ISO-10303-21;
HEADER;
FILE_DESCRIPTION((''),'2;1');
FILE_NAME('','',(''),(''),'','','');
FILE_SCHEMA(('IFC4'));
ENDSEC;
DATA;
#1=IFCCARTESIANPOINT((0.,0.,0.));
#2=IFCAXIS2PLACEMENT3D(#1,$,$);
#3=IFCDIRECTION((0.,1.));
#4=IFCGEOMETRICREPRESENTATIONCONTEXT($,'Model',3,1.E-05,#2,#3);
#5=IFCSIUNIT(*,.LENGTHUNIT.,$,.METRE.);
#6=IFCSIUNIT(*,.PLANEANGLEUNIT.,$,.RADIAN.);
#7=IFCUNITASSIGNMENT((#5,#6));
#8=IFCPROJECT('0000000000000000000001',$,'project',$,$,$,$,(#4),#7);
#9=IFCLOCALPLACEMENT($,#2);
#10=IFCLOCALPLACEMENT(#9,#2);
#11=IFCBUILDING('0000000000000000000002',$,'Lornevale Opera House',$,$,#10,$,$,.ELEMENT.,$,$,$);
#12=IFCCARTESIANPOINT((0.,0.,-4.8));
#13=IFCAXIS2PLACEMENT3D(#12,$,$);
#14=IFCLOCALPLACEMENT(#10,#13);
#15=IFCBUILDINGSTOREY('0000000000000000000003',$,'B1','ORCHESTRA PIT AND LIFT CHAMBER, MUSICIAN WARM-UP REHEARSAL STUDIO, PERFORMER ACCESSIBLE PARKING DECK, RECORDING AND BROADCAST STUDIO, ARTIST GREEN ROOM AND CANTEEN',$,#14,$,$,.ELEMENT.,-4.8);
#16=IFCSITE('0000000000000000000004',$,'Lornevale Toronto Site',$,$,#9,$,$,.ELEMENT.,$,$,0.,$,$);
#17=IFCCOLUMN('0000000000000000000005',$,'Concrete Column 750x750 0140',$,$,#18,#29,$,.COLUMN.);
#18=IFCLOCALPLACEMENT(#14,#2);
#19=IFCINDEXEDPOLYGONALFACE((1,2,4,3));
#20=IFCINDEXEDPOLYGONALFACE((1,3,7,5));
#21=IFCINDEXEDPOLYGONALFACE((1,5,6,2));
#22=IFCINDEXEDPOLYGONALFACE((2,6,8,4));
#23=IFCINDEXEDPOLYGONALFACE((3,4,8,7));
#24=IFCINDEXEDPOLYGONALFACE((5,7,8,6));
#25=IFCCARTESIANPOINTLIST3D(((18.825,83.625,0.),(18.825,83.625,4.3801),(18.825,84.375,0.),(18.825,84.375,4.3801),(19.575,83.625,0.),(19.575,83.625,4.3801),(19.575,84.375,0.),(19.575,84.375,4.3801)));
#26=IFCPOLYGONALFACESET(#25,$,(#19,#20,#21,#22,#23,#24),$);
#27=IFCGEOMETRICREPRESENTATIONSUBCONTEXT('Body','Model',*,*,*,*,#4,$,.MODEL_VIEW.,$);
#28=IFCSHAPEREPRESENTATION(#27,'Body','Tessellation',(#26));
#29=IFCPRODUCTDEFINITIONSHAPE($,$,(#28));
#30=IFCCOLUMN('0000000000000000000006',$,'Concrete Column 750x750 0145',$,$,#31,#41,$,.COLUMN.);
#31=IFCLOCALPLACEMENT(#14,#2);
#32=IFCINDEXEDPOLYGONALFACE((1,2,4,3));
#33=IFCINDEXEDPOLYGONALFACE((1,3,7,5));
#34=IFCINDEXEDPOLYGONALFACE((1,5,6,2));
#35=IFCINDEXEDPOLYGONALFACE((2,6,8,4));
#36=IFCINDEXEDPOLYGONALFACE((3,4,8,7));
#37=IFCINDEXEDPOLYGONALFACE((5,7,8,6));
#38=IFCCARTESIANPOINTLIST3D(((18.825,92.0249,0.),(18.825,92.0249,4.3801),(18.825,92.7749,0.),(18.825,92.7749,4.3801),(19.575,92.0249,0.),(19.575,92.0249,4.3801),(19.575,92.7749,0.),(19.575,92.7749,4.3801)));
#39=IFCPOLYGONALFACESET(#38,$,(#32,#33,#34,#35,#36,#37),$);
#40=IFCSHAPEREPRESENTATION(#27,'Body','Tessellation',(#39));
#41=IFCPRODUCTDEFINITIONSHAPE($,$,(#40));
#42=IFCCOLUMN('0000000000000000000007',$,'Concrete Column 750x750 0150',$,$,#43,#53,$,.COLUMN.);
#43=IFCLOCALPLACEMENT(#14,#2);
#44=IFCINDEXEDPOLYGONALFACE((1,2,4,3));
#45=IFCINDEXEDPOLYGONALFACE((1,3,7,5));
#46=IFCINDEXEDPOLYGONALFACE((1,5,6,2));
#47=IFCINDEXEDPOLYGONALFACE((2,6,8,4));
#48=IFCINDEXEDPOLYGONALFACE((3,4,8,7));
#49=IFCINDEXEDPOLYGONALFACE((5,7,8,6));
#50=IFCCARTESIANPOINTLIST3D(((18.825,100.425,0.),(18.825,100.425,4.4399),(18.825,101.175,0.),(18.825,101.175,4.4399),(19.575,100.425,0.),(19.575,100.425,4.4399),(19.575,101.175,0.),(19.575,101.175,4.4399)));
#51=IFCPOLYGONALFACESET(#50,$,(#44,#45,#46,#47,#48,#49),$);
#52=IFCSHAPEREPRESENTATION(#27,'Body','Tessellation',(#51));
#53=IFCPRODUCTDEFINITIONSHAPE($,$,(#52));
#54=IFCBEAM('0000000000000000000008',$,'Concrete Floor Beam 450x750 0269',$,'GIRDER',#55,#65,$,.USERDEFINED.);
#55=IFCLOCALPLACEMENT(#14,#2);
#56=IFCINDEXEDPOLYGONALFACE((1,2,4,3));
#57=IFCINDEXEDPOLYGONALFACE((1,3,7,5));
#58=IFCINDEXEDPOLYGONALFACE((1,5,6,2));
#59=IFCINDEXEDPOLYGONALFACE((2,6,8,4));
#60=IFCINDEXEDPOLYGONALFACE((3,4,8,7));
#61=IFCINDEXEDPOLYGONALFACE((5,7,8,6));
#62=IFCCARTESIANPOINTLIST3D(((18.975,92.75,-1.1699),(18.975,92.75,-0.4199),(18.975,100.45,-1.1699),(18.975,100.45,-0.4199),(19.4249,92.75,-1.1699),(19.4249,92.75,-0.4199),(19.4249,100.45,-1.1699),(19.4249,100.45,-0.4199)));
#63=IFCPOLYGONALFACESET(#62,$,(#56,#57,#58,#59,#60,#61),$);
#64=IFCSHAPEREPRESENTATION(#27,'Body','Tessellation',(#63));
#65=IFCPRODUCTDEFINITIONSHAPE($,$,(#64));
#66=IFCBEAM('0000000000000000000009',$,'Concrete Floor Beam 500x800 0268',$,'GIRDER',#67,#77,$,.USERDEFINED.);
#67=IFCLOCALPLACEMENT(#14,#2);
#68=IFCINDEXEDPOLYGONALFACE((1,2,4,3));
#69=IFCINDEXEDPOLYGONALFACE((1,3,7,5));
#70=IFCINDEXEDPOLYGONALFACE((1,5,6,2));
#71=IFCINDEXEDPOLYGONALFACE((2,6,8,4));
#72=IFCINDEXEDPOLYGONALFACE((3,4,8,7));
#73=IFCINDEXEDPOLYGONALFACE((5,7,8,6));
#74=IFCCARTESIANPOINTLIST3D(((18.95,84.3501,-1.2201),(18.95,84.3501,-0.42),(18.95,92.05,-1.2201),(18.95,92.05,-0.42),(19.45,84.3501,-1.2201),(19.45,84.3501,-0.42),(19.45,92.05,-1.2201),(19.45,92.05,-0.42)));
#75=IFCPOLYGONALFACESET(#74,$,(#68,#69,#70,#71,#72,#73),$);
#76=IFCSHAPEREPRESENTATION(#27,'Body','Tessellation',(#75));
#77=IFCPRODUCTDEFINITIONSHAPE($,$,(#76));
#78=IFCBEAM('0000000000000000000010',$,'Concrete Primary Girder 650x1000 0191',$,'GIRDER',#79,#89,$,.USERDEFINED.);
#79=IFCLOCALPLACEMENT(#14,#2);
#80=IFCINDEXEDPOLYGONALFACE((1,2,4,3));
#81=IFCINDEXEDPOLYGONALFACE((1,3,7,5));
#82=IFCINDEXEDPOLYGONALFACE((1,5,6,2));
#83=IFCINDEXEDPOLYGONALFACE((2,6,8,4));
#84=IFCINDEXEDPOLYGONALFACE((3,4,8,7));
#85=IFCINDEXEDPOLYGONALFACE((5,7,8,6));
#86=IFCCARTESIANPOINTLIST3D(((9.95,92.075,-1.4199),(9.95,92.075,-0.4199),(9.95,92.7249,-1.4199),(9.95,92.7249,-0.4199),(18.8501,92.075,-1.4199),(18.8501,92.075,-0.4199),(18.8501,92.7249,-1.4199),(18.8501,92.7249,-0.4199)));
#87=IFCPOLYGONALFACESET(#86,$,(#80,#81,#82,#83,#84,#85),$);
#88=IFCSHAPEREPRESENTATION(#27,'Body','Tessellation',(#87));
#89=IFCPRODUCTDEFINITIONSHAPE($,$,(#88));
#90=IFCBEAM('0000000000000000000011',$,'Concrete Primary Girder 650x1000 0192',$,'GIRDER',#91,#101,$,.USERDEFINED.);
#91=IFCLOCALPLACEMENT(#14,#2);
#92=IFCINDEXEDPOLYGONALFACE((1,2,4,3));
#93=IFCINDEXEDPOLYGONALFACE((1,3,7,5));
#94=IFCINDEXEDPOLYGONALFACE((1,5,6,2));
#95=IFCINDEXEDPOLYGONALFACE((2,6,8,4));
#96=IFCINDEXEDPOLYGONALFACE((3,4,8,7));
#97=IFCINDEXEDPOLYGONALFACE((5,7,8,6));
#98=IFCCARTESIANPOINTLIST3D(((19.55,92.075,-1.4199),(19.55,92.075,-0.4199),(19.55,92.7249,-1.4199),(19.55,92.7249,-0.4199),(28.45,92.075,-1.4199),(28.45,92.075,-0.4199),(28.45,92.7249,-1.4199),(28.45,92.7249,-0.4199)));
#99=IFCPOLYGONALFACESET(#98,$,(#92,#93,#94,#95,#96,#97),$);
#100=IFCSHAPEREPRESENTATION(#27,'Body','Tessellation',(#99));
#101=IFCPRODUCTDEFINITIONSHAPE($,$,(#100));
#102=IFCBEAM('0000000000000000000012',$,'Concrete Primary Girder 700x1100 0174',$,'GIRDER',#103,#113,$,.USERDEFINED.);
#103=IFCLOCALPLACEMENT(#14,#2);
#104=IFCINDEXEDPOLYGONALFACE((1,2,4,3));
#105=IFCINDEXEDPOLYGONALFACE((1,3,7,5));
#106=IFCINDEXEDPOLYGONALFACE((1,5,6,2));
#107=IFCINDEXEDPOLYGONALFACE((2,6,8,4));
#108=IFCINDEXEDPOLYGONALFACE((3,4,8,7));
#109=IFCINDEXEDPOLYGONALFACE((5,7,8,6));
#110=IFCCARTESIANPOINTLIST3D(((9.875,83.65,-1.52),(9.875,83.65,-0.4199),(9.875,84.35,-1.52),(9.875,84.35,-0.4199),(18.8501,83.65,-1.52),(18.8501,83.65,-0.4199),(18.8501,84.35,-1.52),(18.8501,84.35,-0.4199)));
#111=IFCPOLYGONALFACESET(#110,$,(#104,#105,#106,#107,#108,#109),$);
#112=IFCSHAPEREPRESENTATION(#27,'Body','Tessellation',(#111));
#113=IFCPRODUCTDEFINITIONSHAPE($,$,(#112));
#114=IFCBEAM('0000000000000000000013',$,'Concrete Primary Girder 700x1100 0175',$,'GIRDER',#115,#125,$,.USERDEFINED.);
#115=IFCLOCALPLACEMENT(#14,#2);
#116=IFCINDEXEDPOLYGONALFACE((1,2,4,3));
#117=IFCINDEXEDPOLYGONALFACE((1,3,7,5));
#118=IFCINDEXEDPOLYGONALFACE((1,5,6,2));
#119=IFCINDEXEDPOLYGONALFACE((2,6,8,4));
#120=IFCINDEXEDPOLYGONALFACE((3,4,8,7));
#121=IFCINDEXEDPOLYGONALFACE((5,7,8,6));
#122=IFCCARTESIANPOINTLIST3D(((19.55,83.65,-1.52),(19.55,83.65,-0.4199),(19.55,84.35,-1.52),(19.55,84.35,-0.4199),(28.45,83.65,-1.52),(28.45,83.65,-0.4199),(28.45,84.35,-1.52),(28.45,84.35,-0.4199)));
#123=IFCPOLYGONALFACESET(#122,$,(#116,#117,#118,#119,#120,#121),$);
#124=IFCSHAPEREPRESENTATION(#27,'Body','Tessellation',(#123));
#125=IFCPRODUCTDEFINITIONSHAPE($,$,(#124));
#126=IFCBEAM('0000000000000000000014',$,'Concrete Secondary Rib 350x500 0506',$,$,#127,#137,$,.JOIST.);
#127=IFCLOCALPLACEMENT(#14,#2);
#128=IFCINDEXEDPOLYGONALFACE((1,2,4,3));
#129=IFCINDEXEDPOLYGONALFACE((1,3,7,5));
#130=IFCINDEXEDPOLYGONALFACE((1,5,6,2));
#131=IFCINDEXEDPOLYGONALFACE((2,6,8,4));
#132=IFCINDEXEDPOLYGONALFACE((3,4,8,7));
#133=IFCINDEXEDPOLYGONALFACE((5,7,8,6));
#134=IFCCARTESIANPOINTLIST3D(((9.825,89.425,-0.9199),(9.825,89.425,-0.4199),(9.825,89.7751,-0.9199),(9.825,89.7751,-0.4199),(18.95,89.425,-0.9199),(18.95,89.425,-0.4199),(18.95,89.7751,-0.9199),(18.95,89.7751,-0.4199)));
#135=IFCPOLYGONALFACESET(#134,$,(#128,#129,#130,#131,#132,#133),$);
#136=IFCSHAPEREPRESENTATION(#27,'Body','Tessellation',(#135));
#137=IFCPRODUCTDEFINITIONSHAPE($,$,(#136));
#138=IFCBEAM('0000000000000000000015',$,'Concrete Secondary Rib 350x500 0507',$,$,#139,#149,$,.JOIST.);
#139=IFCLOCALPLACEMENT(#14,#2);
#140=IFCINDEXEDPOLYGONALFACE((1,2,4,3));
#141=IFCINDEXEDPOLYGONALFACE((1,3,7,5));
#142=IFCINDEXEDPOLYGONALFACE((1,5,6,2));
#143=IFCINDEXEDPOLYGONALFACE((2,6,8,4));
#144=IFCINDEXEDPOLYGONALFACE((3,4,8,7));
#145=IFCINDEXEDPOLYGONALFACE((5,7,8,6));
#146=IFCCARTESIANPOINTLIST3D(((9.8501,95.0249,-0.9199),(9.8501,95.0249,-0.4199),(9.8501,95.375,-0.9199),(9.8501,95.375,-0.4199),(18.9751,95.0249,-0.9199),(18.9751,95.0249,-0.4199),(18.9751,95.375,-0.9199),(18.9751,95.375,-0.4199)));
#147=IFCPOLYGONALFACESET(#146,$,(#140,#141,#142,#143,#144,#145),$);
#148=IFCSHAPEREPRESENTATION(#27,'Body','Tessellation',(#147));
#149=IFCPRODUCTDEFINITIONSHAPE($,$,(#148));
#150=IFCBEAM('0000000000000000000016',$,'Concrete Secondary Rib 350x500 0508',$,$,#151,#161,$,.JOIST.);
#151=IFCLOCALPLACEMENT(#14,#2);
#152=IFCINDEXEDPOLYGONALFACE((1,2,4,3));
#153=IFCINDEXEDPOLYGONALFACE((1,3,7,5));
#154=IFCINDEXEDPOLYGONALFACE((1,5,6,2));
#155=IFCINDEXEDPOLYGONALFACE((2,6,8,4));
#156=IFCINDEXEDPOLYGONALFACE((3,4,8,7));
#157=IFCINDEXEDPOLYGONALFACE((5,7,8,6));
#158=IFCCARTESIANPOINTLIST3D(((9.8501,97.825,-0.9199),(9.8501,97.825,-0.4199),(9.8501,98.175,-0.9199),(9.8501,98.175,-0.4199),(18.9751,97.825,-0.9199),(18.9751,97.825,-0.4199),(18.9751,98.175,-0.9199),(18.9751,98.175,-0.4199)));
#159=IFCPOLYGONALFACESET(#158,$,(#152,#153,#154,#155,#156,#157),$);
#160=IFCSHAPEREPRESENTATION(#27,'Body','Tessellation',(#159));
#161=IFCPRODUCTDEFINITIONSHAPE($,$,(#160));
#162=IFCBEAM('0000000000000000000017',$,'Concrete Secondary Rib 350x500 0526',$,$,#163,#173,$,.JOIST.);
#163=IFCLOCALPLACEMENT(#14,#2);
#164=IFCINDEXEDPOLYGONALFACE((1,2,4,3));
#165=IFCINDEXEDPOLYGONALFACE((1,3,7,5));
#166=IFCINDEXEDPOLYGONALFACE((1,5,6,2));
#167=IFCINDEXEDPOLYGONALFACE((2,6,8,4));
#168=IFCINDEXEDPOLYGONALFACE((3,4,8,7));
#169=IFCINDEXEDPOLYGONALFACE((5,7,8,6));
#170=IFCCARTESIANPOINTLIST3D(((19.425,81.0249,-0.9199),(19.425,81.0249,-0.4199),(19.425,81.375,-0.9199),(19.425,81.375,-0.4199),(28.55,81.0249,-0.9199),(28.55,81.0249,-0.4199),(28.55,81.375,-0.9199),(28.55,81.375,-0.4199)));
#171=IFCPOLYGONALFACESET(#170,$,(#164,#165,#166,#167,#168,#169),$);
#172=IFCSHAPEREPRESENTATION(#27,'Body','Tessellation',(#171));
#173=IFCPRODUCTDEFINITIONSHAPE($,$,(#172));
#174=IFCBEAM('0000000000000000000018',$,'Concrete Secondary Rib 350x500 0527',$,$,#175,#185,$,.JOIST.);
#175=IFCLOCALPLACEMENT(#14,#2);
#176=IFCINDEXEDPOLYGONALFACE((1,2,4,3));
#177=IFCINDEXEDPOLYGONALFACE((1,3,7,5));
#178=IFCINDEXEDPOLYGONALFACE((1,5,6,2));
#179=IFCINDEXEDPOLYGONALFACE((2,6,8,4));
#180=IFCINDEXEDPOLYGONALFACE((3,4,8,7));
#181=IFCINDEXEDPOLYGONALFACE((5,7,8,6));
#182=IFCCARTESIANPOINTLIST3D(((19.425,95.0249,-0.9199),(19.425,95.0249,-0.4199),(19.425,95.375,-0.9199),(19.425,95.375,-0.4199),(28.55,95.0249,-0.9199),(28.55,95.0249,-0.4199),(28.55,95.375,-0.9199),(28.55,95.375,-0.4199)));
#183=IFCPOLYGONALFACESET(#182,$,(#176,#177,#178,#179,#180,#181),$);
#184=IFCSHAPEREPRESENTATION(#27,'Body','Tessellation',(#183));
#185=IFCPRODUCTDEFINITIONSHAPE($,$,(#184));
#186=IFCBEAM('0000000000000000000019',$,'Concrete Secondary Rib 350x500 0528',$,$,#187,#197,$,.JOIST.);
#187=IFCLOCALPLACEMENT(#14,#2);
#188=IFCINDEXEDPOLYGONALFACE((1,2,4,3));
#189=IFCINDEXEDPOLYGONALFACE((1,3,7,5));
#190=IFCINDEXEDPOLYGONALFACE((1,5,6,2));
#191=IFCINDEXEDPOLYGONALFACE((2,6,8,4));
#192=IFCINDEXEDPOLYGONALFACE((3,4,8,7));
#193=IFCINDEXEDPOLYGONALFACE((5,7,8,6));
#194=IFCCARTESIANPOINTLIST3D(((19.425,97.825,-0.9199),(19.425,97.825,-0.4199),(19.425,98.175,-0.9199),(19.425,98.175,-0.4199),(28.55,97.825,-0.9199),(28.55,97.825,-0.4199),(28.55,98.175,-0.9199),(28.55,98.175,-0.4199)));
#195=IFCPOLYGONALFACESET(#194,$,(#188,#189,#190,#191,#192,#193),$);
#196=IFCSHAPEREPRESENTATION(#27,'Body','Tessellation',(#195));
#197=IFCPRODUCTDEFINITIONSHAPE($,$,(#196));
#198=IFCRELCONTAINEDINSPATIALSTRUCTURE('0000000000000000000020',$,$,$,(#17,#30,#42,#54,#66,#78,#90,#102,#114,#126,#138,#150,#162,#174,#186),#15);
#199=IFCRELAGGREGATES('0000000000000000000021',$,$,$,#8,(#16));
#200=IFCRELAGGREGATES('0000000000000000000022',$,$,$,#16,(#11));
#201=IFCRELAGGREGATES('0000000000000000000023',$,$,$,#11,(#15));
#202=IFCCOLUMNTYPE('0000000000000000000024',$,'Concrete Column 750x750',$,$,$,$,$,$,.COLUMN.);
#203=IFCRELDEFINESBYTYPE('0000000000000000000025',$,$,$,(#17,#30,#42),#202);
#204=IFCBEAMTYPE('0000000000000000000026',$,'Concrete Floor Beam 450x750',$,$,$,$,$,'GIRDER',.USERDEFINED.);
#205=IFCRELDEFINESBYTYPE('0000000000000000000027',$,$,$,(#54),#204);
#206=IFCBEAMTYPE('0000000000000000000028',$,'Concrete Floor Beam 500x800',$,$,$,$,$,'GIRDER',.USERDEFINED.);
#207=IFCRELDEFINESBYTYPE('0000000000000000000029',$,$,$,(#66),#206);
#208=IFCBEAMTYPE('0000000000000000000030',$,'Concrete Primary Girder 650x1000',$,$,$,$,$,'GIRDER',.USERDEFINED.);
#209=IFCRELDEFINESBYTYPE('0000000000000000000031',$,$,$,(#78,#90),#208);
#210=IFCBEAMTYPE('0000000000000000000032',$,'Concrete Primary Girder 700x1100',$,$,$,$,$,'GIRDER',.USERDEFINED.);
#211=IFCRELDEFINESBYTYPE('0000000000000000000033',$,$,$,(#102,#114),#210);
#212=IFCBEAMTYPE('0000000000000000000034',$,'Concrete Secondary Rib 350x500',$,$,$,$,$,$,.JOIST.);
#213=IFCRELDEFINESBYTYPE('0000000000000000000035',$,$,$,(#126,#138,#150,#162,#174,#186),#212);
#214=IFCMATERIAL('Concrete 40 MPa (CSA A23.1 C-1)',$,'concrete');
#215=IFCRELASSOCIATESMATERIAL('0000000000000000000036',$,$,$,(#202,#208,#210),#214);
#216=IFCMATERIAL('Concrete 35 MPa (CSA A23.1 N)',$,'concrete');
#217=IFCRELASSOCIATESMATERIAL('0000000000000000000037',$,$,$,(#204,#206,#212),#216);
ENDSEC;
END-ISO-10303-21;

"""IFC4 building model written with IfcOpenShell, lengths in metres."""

from ifc_helpers import new_model, si_unit, direction, frame, origin, origin_2d, place, context, subcontext, project, spatial, rectangle, extrude, material, material_profile, profile_set, type_object, element, save


model = new_model("IFC4")

# Units and contexts
model_context = context("Model", 3, precision=1e-05, world=origin(), true_north=direction((0.0, 1.0)))
body_context = subcontext(model_context, "Body", "Model", "MODEL_VIEW")
ifc_project = project(units=[si_unit("LENGTHUNIT", "METRE"), si_unit("PLANEANGLEUNIT", "RADIAN")], contexts=[model_context])

# Site, building, storey
site_placement = place(None, origin())
site = spatial("IfcSite", under=ifc_project, at=site_placement, Name="Lornevale Toronto Site", CompositionType="ELEMENT", RefElevation=0.0)
building_placement = place(site_placement, origin())
building = spatial("IfcBuilding", under=site, at=building_placement, Name="Lornevale Opera House", CompositionType="ELEMENT")
storey_placement = place(building_placement, frame((0.0, 0.0, -4.8)))
storey = spatial("IfcBuildingStorey", under=building, at=storey_placement, Name="B1", Description="ORCHESTRA PIT AND LIFT CHAMBER, MUSICIAN WARM-UP REHEARSAL STUDIO, PERFORMER ACCESSIBLE PARKING DECK, RECORDING AND BROADCAST STUDIO, ARTIST GREEN ROOM AND CANTEEN", CompositionType="ELEMENT", Elevation=-4.8)

# Columns
ifc_material_1 = material(Name="Concrete 40 MPa (CSA A23.1 C-1)", Category="concrete")
ifc_material_profile_1 = material_profile(ifc_material_1, rectangle(XDim=0.75, YDim=0.75, at=origin_2d()), Name="RC750x750")
ifc_profile_set_1 = profile_set([ifc_material_profile_1], Name="Concrete 40 MPa (CSA A23.1 C-1)")
column_type = type_object("IfcColumnType", Name="Concrete Column 750x750", PredefinedType="COLUMN", material=ifc_profile_set_1)
for number, where, z_axis, x_axis, name in (
    (1, (19.2, 84.0, 0.0), (0.0, 0.0, 1.0), (1.0, 0.0, 0.0), "Concrete Column 750x750 0140"),
    (2, (19.2, 92.3999, 0.0), (0.0, 0.0, 1.0), (1.0, 0.0, 0.0), "Concrete Column 750x750 0145"),
):
    element("IfcColumn", number, at=place(storey_placement, frame(where, z_axis=z_axis, x_axis=x_axis)), inside=storey, type_object=column_type, Name=name, PredefinedType="COLUMN", context=body_context, shape_type="SweptSolid", body=[
        extrude(rectangle(XDim=0.75, YDim=0.75, at=origin_2d()), origin(), (0.0, 0.0, 1.0), 4.3801),
    ])
column_placement = place(storey_placement, frame((19.2, 100.8, 0.0), z_axis=(0.0, 0.0, 1.0), x_axis=(1.0, 0.0, 0.0)))
element("IfcColumn", 3, at=column_placement, inside=storey, type_object=column_type, Name="Concrete Column 750x750 0150", PredefinedType="COLUMN", context=body_context, shape_type="SweptSolid", body=[
    extrude(rectangle(XDim=0.75, YDim=0.75, at=origin_2d()), origin(), (0.0, 0.0, 1.0), 4.4399),
])

# Beams
ifc_material_2 = material(Name="Concrete 35 MPa (CSA A23.1 N)", Category="concrete")
ifc_material_profile_2 = material_profile(ifc_material_2, rectangle(XDim=0.45, YDim=0.75, at=origin_2d()), Name="RC450x750")
ifc_profile_set_2 = profile_set([ifc_material_profile_2], Name="Concrete 35 MPa (CSA A23.1 N)")
beam_type_1 = type_object("IfcBeamType", Name="Concrete Floor Beam 450x750", ElementType="GIRDER", PredefinedType="USERDEFINED", material=ifc_profile_set_2)
beam_1_placement = place(storey_placement, frame((19.2, 92.75, -0.7949), z_axis=(0.0, 1.0, 0.0), x_axis=(-1.0, 0.0, 0.0)))
element("IfcBeam", 4, at=beam_1_placement, inside=storey, type_object=beam_type_1, Name="Concrete Floor Beam 450x750 0269", ObjectType="GIRDER", PredefinedType="USERDEFINED", context=body_context, shape_type="SweptSolid", body=[
    extrude(rectangle(XDim=0.45, YDim=0.75, at=origin_2d()), origin(), (0.0, 0.0, 1.0), 7.7),
])
ifc_material_profile_3 = material_profile(ifc_material_2, rectangle(XDim=0.5, YDim=0.8, at=origin_2d()), Name="RC500x800")
ifc_profile_set_3 = profile_set([ifc_material_profile_3], Name="Concrete 35 MPa (CSA A23.1 N)")
beam_type_2 = type_object("IfcBeamType", Name="Concrete Floor Beam 500x800", ElementType="GIRDER", PredefinedType="USERDEFINED", material=ifc_profile_set_3)
beam_2_placement = place(storey_placement, frame((19.2, 84.3501, -0.8201), z_axis=(0.0, 1.0, 0.0), x_axis=(-1.0, 0.0, 0.0)))
element("IfcBeam", 5, at=beam_2_placement, inside=storey, type_object=beam_type_2, Name="Concrete Floor Beam 500x800 0268", ObjectType="GIRDER", PredefinedType="USERDEFINED", context=body_context, shape_type="SweptSolid", body=[
    extrude(rectangle(XDim=0.5, YDim=0.8, at=origin_2d()), origin(), (0.0, 0.0, 1.0), 7.7),
])
ifc_material_profile_4 = material_profile(ifc_material_1, rectangle(XDim=0.6499, YDim=1.0, at=origin_2d()), Name="RC650x1000")
ifc_profile_set_4 = profile_set([ifc_material_profile_4], Name="Concrete 40 MPa (CSA A23.1 C-1)")
beam_type_3 = type_object("IfcBeamType", Name="Concrete Primary Girder 650x1000", ElementType="GIRDER", PredefinedType="USERDEFINED", material=ifc_profile_set_4)
beam_3_placement = place(storey_placement, frame((9.95, 92.3999, -0.9199), z_axis=(1.0, 0.0, 0.0), x_axis=(0.0, 1.0, 0.0)))
element("IfcBeam", 6, at=beam_3_placement, inside=storey, type_object=beam_type_3, Name="Concrete Primary Girder 650x1000 0191", ObjectType="GIRDER", PredefinedType="USERDEFINED", context=body_context, shape_type="SweptSolid", body=[
    extrude(rectangle(XDim=0.6499, YDim=1.0, at=origin_2d()), origin(), (0.0, 0.0, 1.0), 8.9001),
])
beam_4_placement = place(storey_placement, frame((19.55, 92.3999, -0.9199), z_axis=(1.0, 0.0, 0.0), x_axis=(0.0, 1.0, 0.0)))
element("IfcBeam", 7, at=beam_4_placement, inside=storey, type_object=beam_type_3, Name="Concrete Primary Girder 650x1000 0192", ObjectType="GIRDER", PredefinedType="USERDEFINED", context=body_context, shape_type="SweptSolid", body=[
    extrude(rectangle(XDim=0.6499, YDim=1.0, at=origin_2d()), origin(), (0.0, 0.0, 1.0), 8.8999),
])
ifc_material_profile_5 = material_profile(ifc_material_1, rectangle(XDim=0.7, YDim=1.1001, at=origin_2d()), Name="RC700x1100")
ifc_profile_set_5 = profile_set([ifc_material_profile_5], Name="Concrete 40 MPa (CSA A23.1 C-1)")
beam_type_4 = type_object("IfcBeamType", Name="Concrete Primary Girder 700x1100", ElementType="GIRDER", PredefinedType="USERDEFINED", material=ifc_profile_set_5)
beam_5_placement = place(storey_placement, frame((9.875, 84.0, -0.97), z_axis=(1.0, 0.0, 0.0), x_axis=(0.0, 1.0, 0.0)))
element("IfcBeam", 8, at=beam_5_placement, inside=storey, type_object=beam_type_4, Name="Concrete Primary Girder 700x1100 0174", ObjectType="GIRDER", PredefinedType="USERDEFINED", context=body_context, shape_type="SweptSolid", body=[
    extrude(rectangle(XDim=0.7, YDim=1.1001, at=origin_2d()), origin(), (0.0, 0.0, 1.0), 8.9751),
])
beam_6_placement = place(storey_placement, frame((19.55, 84.0, -0.97), z_axis=(1.0, 0.0, 0.0), x_axis=(0.0, 1.0, 0.0)))
element("IfcBeam", 9, at=beam_6_placement, inside=storey, type_object=beam_type_4, Name="Concrete Primary Girder 700x1100 0175", ObjectType="GIRDER", PredefinedType="USERDEFINED", context=body_context, shape_type="SweptSolid", body=[
    extrude(rectangle(XDim=0.7, YDim=1.1001, at=origin_2d()), origin(), (0.0, 0.0, 1.0), 8.8999),
])
ifc_material_profile_6 = material_profile(ifc_material_2, rectangle(XDim=0.3501, YDim=0.5, at=origin_2d()), Name="RC350x500")
ifc_profile_set_6 = profile_set([ifc_material_profile_6], Name="Concrete 35 MPa (CSA A23.1 N)")
beam_type_5 = type_object("IfcBeamType", Name="Concrete Secondary Rib 350x500", PredefinedType="JOIST", material=ifc_profile_set_6)
for number, where, z_axis, x_axis, name in (
    (10, (9.825, 89.6001, -0.6699), (1.0, 0.0, 0.0), (0.0, 1.0, 0.0), "Concrete Secondary Rib 350x500 0506"),
    (11, (9.8501, 95.2, -0.6699), (1.0, 0.0, 0.0), (0.0, 1.0, 0.0), "Concrete Secondary Rib 350x500 0507"),
    (12, (9.8501, 98.0, -0.6699), (1.0, 0.0, 0.0), (0.0, 1.0, 0.0), "Concrete Secondary Rib 350x500 0508"),
    (13, (19.425, 81.2, -0.6699), (1.0, 0.0, 0.0), (0.0, 1.0, 0.0), "Concrete Secondary Rib 350x500 0526"),
    (14, (19.425, 95.2, -0.6699), (1.0, 0.0, 0.0), (0.0, 1.0, 0.0), "Concrete Secondary Rib 350x500 0527"),
    (15, (19.425, 98.0, -0.6699), (1.0, 0.0, 0.0), (0.0, 1.0, 0.0), "Concrete Secondary Rib 350x500 0528"),
):
    element("IfcBeam", number, at=place(storey_placement, frame(where, z_axis=z_axis, x_axis=x_axis)), inside=storey, type_object=beam_type_5, Name=name, PredefinedType="JOIST", context=body_context, shape_type="SweptSolid", body=[
        extrude(rectangle(XDim=0.3501, YDim=0.5, at=origin_2d()), origin(), (0.0, 0.0, 1.0), 9.125),
    ])

save(model, "model.ifc")
